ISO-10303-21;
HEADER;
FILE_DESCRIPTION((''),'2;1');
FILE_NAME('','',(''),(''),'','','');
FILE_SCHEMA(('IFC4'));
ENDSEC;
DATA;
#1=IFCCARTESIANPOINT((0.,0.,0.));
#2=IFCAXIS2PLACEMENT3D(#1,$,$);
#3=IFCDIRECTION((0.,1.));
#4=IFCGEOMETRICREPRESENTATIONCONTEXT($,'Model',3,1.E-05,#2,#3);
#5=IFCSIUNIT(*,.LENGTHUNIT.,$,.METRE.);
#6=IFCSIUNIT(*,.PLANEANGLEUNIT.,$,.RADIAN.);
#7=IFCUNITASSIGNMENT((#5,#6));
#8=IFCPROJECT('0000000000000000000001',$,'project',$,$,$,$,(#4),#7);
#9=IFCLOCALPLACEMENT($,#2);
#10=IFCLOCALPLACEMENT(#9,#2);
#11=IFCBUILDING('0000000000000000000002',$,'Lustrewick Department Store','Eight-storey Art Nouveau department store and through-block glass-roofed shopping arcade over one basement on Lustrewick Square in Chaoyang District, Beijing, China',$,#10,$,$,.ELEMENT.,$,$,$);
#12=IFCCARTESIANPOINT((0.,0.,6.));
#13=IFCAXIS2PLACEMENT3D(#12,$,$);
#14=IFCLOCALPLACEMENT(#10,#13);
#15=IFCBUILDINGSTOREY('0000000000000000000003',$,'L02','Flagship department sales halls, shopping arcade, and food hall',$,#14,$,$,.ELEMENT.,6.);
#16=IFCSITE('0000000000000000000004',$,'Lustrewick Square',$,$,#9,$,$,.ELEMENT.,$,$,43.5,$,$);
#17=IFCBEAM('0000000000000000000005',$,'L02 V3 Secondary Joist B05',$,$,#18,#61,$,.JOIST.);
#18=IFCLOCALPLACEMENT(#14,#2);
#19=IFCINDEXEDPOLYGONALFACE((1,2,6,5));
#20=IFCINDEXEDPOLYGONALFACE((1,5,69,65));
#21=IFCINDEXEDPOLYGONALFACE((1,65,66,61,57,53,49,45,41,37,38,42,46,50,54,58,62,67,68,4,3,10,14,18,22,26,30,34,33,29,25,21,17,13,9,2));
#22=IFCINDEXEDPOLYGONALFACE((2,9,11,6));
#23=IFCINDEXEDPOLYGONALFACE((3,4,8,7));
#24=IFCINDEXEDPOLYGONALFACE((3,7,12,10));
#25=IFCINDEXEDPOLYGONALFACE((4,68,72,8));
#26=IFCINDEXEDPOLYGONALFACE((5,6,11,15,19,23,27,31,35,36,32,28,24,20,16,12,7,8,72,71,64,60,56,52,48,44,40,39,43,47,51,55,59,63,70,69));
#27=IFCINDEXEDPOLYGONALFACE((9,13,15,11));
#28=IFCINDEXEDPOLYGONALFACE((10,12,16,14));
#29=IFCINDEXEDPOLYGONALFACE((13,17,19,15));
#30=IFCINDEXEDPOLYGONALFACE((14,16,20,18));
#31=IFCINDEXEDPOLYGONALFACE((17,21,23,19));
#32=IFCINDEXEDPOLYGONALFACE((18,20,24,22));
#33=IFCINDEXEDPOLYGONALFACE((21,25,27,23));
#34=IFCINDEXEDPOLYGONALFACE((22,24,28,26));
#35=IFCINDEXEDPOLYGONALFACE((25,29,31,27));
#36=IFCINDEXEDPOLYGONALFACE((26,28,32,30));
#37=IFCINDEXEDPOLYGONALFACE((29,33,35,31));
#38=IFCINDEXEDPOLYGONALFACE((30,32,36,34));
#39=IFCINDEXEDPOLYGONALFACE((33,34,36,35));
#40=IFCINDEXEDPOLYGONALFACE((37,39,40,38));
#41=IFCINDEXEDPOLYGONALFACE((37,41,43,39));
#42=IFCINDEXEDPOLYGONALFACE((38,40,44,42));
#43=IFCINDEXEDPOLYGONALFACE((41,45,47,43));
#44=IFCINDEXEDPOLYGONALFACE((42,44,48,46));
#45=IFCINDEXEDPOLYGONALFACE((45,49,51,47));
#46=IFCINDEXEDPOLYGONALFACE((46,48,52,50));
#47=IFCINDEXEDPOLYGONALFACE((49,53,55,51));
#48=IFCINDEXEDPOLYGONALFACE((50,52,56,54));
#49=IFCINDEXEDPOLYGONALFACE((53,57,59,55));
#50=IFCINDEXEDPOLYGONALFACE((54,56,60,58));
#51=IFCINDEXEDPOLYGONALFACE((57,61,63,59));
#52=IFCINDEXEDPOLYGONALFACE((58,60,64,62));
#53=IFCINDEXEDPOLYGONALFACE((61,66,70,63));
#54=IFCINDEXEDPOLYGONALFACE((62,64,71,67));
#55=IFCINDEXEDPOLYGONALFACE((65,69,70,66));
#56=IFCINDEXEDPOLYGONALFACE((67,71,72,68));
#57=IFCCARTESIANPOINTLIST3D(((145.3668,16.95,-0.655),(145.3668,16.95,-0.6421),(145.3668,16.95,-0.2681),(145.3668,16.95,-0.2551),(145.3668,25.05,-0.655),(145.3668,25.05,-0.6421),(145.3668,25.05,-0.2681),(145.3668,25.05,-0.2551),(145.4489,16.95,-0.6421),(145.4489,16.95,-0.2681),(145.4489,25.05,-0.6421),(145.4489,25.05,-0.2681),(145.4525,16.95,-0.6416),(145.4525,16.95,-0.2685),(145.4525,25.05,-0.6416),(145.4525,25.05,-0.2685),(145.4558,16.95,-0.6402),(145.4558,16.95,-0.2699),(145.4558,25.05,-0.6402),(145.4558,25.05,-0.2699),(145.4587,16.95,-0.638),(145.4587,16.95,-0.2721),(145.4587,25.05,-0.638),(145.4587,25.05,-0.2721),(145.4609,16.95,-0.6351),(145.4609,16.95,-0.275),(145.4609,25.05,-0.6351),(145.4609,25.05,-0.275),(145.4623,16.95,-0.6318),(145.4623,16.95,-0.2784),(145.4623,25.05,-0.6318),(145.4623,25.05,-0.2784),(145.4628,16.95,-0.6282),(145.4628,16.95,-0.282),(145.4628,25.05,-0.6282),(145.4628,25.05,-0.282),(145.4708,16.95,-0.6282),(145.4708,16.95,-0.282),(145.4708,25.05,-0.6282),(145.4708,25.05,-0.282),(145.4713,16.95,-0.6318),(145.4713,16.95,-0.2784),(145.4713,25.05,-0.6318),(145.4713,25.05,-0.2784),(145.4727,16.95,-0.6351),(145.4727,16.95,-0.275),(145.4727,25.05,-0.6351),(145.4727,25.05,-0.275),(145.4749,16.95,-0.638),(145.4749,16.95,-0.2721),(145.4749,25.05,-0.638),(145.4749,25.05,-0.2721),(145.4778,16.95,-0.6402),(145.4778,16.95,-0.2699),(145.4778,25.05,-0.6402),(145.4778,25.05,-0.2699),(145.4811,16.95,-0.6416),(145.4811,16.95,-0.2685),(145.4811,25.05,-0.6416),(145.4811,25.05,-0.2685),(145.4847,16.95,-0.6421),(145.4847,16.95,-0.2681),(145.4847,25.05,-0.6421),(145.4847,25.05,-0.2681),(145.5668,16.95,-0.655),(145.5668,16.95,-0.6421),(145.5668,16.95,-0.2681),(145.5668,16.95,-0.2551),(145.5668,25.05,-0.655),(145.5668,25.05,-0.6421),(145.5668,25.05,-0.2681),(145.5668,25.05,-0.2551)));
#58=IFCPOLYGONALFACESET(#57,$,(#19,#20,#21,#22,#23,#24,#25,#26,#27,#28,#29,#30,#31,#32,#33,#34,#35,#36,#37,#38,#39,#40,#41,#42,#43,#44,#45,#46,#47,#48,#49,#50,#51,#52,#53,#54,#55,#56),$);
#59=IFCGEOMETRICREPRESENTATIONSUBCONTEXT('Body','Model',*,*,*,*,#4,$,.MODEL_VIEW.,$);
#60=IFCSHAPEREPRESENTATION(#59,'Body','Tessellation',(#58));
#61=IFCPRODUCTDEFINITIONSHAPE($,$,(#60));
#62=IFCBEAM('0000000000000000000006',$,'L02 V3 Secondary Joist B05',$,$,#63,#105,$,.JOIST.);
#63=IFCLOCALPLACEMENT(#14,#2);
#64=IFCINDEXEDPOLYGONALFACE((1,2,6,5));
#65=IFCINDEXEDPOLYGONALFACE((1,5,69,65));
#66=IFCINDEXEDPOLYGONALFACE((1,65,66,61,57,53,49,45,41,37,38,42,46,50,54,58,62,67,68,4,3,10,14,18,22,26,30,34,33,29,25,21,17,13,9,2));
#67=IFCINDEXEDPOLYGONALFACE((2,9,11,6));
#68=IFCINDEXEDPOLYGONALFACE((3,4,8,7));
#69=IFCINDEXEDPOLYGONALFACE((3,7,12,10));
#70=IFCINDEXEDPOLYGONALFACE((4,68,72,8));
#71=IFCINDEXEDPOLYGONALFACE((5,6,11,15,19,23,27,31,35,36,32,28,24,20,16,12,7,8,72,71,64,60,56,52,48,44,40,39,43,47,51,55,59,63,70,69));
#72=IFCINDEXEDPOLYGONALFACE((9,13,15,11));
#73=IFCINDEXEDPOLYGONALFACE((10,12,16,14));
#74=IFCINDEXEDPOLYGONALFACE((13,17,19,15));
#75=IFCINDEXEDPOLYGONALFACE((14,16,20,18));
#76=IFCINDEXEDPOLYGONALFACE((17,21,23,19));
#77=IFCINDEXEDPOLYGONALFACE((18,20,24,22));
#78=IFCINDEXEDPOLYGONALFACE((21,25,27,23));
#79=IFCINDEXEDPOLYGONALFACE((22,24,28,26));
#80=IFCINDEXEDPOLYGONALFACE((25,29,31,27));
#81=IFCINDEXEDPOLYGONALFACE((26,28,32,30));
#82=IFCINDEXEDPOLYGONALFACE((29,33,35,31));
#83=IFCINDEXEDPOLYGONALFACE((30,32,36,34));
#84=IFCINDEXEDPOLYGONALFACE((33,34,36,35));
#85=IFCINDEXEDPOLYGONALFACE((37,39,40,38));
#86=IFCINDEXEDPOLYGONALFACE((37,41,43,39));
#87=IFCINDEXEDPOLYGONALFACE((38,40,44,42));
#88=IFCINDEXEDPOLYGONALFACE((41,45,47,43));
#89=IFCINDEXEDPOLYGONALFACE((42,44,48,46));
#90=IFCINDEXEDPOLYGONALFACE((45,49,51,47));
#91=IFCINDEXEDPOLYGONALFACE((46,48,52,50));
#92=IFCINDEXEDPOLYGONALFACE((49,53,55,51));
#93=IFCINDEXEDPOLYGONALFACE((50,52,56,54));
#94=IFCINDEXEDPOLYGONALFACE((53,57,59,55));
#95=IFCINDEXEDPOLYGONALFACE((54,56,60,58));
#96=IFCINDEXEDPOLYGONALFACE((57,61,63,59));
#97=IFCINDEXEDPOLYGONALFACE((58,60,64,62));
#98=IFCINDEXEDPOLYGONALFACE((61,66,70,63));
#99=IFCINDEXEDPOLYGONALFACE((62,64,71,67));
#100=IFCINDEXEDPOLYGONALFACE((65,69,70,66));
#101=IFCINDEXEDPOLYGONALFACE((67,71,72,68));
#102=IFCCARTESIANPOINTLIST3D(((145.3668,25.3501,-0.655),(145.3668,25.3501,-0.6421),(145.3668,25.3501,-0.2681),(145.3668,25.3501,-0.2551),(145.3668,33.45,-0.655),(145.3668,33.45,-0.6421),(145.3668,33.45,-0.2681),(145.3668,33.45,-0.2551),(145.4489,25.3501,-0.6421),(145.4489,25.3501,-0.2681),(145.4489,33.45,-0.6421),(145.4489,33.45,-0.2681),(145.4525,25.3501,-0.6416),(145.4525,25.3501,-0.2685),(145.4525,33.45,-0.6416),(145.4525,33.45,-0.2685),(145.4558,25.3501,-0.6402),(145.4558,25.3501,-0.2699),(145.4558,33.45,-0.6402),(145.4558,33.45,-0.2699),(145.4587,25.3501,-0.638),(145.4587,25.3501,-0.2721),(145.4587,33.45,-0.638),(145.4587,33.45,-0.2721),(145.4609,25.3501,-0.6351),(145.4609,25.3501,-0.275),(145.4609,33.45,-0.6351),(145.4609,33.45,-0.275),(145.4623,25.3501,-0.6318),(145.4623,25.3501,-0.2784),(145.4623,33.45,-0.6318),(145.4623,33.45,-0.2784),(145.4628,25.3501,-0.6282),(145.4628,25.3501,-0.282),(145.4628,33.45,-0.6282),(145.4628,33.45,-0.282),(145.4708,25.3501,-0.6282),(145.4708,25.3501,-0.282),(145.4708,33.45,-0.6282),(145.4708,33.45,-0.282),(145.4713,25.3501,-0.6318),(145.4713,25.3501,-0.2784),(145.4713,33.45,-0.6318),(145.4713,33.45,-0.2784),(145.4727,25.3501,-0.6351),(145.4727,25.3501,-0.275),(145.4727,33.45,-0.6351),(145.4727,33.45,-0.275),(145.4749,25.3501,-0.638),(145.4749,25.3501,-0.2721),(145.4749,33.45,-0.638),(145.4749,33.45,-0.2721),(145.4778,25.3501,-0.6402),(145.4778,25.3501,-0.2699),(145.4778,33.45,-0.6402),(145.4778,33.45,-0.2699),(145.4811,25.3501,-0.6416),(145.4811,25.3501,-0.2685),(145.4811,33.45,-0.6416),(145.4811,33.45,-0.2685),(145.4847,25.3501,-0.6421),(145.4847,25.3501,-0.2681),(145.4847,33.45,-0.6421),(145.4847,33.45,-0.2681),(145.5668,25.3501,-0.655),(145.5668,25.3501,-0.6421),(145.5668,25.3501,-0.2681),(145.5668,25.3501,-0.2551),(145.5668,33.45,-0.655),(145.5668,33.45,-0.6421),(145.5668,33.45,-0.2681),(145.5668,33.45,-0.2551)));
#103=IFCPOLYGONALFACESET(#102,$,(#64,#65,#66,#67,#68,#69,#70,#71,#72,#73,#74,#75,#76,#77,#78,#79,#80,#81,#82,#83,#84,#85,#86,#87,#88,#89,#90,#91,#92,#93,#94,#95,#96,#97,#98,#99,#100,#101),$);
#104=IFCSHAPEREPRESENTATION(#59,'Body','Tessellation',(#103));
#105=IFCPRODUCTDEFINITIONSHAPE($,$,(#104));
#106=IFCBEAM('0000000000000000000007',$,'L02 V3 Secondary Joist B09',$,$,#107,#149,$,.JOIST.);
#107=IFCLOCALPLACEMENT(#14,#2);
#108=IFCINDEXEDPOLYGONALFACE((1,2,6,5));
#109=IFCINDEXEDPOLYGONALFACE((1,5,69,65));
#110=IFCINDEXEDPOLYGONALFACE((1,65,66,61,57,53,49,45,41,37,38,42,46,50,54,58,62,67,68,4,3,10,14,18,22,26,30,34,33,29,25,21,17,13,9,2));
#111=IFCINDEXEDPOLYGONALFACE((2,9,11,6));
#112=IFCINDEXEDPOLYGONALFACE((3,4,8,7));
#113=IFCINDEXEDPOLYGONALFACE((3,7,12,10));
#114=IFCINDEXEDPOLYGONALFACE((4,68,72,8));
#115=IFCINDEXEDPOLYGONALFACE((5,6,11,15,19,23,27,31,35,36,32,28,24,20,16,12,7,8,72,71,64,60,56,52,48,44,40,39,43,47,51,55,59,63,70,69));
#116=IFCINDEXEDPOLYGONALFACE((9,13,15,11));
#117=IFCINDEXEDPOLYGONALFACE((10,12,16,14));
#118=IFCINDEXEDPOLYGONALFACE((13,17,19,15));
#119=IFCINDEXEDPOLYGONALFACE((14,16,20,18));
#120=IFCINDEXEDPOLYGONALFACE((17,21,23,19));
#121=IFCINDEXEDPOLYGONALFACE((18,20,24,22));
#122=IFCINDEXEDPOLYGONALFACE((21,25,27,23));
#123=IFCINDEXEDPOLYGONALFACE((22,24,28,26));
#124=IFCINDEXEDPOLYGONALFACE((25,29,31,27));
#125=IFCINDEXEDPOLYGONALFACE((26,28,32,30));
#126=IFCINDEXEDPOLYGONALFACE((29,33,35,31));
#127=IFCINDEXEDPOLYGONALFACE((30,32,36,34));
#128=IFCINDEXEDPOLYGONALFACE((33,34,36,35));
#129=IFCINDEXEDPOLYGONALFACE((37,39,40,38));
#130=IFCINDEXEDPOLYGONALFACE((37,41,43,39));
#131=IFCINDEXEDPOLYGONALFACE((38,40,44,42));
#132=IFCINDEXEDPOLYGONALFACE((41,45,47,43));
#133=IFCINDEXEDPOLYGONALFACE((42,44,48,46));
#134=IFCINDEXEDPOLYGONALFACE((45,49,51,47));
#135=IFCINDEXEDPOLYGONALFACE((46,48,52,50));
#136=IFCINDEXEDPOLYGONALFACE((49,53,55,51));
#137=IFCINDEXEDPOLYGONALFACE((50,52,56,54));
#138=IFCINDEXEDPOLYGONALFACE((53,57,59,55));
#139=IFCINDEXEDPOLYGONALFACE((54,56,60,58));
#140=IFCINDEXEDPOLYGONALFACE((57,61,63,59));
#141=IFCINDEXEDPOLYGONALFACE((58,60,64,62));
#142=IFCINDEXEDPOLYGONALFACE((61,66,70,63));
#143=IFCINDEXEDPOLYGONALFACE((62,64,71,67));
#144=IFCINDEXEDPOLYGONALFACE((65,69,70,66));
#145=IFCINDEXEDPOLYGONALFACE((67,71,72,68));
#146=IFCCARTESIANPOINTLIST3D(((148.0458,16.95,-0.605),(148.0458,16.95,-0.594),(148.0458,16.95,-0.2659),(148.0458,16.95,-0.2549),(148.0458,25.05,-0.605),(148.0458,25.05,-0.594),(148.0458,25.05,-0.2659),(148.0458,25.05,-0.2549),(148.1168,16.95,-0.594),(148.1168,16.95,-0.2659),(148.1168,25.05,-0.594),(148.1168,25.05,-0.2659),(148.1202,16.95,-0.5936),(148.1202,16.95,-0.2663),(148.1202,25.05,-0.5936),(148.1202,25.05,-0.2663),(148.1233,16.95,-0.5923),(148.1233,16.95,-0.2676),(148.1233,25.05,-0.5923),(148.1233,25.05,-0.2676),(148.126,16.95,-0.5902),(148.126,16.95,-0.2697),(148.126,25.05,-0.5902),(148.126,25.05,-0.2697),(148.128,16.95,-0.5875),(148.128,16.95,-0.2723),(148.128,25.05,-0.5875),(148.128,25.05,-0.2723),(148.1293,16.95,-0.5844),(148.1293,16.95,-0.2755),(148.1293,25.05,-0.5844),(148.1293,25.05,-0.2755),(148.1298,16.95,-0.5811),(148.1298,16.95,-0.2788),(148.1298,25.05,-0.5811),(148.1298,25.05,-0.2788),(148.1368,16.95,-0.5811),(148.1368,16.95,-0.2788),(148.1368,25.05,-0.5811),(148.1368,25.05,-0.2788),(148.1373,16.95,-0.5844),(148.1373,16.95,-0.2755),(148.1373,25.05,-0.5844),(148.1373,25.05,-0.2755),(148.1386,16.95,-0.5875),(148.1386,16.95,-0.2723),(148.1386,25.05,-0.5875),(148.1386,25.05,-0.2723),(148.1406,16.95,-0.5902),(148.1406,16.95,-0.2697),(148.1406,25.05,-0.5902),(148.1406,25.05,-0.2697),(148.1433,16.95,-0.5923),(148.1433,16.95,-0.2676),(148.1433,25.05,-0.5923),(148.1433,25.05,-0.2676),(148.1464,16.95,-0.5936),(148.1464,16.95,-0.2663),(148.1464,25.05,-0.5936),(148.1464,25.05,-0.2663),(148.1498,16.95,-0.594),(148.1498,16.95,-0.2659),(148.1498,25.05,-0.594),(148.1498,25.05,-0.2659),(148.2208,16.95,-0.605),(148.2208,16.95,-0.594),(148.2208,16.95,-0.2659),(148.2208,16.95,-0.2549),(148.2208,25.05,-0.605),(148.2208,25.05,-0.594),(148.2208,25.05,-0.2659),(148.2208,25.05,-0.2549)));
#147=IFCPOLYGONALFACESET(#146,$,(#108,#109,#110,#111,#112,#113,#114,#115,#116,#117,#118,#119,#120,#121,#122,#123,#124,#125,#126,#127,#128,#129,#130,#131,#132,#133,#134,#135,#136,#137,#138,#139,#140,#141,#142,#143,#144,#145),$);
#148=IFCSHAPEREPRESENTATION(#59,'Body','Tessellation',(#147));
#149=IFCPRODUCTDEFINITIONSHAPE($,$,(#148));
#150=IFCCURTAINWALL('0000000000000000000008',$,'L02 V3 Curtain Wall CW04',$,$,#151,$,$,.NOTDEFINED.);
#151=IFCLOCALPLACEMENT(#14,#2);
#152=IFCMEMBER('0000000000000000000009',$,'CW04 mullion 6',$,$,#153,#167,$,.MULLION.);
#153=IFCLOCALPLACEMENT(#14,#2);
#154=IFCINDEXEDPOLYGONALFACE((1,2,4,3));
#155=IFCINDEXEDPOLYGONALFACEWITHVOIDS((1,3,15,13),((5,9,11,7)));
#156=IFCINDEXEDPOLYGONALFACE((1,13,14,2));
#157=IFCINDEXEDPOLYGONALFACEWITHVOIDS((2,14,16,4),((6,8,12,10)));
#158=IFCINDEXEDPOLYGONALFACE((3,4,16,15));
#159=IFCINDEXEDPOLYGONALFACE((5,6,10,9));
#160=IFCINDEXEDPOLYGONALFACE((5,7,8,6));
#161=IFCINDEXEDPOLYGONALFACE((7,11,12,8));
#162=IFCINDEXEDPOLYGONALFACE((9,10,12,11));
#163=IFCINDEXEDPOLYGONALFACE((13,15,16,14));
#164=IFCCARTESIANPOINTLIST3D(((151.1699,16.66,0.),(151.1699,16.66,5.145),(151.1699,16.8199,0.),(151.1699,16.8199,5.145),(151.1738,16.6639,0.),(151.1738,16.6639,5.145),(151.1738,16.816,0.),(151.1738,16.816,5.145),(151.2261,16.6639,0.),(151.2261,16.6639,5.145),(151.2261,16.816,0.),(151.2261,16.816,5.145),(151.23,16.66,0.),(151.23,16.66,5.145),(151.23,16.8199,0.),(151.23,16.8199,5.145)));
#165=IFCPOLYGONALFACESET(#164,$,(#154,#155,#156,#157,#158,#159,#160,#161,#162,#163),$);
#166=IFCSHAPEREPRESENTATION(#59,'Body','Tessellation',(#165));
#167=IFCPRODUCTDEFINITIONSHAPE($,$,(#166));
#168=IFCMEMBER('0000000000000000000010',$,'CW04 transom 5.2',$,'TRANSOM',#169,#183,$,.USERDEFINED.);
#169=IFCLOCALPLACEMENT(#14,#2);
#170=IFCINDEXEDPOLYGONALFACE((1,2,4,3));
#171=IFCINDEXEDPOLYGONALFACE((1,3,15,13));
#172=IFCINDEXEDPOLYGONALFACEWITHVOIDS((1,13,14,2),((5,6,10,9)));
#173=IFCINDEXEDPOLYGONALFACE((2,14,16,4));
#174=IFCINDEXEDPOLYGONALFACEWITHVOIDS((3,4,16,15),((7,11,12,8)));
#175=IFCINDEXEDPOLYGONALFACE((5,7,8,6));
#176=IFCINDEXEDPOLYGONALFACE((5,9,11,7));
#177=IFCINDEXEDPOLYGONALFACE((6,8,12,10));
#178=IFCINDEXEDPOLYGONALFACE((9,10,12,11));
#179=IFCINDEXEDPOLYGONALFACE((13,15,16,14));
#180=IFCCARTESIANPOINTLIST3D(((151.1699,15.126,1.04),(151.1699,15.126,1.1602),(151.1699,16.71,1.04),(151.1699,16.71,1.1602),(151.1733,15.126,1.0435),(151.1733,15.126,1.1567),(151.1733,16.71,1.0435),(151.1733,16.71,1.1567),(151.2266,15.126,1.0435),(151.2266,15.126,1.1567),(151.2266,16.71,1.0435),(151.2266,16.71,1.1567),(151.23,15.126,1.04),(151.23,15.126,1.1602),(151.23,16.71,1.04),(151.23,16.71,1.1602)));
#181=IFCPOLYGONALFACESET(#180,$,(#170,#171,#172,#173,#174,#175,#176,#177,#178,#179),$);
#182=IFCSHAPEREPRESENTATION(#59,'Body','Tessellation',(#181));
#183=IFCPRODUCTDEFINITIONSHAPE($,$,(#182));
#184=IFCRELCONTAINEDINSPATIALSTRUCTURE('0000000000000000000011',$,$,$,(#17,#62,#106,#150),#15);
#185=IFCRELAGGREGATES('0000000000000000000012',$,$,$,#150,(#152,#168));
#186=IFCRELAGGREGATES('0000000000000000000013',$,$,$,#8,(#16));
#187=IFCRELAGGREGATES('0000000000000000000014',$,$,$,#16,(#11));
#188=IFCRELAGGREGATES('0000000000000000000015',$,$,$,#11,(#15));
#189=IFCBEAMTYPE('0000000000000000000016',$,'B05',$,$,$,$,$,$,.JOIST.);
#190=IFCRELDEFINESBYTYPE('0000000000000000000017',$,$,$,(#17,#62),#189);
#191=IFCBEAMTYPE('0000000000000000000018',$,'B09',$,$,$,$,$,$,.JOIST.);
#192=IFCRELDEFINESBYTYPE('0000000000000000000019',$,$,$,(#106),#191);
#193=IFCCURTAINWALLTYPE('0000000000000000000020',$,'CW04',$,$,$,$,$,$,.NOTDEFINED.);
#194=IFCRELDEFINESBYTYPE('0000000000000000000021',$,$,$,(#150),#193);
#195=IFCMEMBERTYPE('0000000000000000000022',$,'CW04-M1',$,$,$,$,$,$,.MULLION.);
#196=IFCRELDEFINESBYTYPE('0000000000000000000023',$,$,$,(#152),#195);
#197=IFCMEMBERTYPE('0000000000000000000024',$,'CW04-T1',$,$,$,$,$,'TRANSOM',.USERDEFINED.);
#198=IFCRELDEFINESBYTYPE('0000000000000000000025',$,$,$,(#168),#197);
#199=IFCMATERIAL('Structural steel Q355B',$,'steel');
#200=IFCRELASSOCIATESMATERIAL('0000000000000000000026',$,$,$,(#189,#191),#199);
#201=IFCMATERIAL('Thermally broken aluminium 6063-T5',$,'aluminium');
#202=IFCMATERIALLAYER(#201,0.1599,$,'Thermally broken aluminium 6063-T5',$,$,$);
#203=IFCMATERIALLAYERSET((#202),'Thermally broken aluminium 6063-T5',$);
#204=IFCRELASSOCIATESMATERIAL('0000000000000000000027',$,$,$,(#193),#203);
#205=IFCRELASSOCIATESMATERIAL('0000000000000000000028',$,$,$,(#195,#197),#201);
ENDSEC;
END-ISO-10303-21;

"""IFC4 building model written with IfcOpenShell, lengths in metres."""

from ifc_helpers import new_model, si_unit, direction, frame, origin, origin_2d, place, context, subcontext, project, spatial, hollow_rectangle, i_section, extrude, material, layer, layer_set, material_profile, profile_set, type_object, element, aggregate, save


model = new_model("IFC4")

# Units and contexts
model_context = context("Model", 3, precision=1e-05, world=origin(), true_north=direction((0.0, 1.0)))
body_context = subcontext(model_context, "Body", "Model", "MODEL_VIEW")
ifc_project = project(units=[si_unit("LENGTHUNIT", "METRE"), si_unit("PLANEANGLEUNIT", "RADIAN")], contexts=[model_context])

# Site, building, storey
site_placement = place(None, origin())
site = spatial("IfcSite", under=ifc_project, at=site_placement, Name="Lustrewick Square", CompositionType="ELEMENT", RefElevation=43.5)
building_placement = place(site_placement, origin())
building = spatial("IfcBuilding", under=site, at=building_placement, Name="Lustrewick Department Store", Description="Eight-storey Art Nouveau department store and through-block glass-roofed shopping arcade over one basement on Lustrewick Square in Chaoyang District, Beijing, China", CompositionType="ELEMENT")
storey_placement = place(building_placement, frame((0.0, 0.0, 6.0)))
storey = spatial("IfcBuildingStorey", under=building, at=storey_placement, Name="L02", Description="Flagship department sales halls, shopping arcade, and food hall", CompositionType="ELEMENT", Elevation=6.0)

# Beams
ifc_material_1 = material(Name="Structural steel Q355B", Category="steel")
ifc_material_profile_1 = material_profile(ifc_material_1, i_section(OverallWidth=0.2, OverallDepth=0.3999, WebThickness=0.0081, FlangeThickness=0.0129, FilletRadius=0.0139, at=origin_2d()), Name="HN 400x200x8x13")
ifc_profile_set_1 = profile_set([ifc_material_profile_1], Name="Structural steel Q355B")
beam_type_1 = type_object("IfcBeamType", Name="B05", PredefinedType="JOIST", material=ifc_profile_set_1)
beam_1_placement = place(storey_placement, frame((145.4668, 16.95, -0.4551), z_axis=(0.0, 1.0, 0.0), x_axis=(-1.0, 0.0, 0.0)))
element("IfcBeam", 1, at=beam_1_placement, inside=storey, type_object=beam_type_1, Name="L02 V3 Secondary Joist B05", PredefinedType="JOIST", context=body_context, shape_type="SweptSolid", body=[
    extrude(i_section(OverallWidth=0.2, OverallDepth=0.3999, WebThickness=0.0081, FlangeThickness=0.0129, FilletRadius=0.0139, at=origin_2d()), origin(), (0.0, 0.0, 1.0), 8.1001),
])
beam_2_placement = place(storey_placement, frame((145.4668, 25.3501, -0.4551), z_axis=(0.0, 1.0, 0.0), x_axis=(-1.0, 0.0, 0.0)))
element("IfcBeam", 2, at=beam_2_placement, inside=storey, type_object=beam_type_1, Name="L02 V3 Secondary Joist B05", PredefinedType="JOIST", context=body_context, shape_type="SweptSolid", body=[
    extrude(i_section(OverallWidth=0.2, OverallDepth=0.3999, WebThickness=0.0081, FlangeThickness=0.0129, FilletRadius=0.0139, at=origin_2d()), origin(), (0.0, 0.0, 1.0), 8.0999),
])
ifc_material_profile_2 = material_profile(ifc_material_1, i_section(OverallWidth=0.175, OverallDepth=0.3501, WebThickness=0.0071, FlangeThickness=0.011, FilletRadius=0.0129, at=origin_2d()), Name="HN 350x175x7x11")
ifc_profile_set_2 = profile_set([ifc_material_profile_2], Name="Structural steel Q355B")
beam_type_2 = type_object("IfcBeamType", Name="B09", PredefinedType="JOIST", material=ifc_profile_set_2)
beam_3_placement = place(storey_placement, frame((148.1333, 16.95, -0.4299), z_axis=(0.0, 1.0, 0.0), x_axis=(-1.0, 0.0, 0.0)))
element("IfcBeam", 3, at=beam_3_placement, inside=storey, type_object=beam_type_2, Name="L02 V3 Secondary Joist B09", PredefinedType="JOIST", context=body_context, shape_type="SweptSolid", body=[
    extrude(i_section(OverallWidth=0.175, OverallDepth=0.3501, WebThickness=0.0071, FlangeThickness=0.011, FilletRadius=0.0129, at=origin_2d()), origin(), (0.0, 0.0, 1.0), 8.1001),
])

# Curtain wall, members
ifc_material_2 = material(Name="Thermally broken aluminium 6063-T5", Category="aluminium")
ifc_layer_1 = layer(ifc_material_2, 0.1599, Name="Thermally broken aluminium 6063-T5")
ifc_layer_set_1 = layer_set([ifc_layer_1], Name="Thermally broken aluminium 6063-T5")
curtain_wall_type_1 = type_object("IfcCurtainWallType", Name="CW04", PredefinedType="NOTDEFINED", material=ifc_layer_set_1)
curtain_wall_1_placement = place(storey_placement, origin())
curtain_wall_1 = element("IfcCurtainWall", 4, at=curtain_wall_1_placement, inside=storey, type_object=curtain_wall_type_1, Name="L02 V3 Curtain Wall CW04", PredefinedType="NOTDEFINED")
ifc_material_profile_3 = material_profile(ifc_material_2, hollow_rectangle(XDim=0.0601, YDim=0.1599, WallThickness=0.0039, at=origin_2d()), Name="ALU-M 60x160x4")
ifc_profile_set_3 = profile_set([ifc_material_profile_3], Name="Thermally broken aluminium 6063-T5")
member_type_1 = type_object("IfcMemberType", Name="CW04-M1", PredefinedType="MULLION", material=ifc_profile_set_3)
member_1_placement = place(storey_placement, frame((151.2, 16.74, 0.0), z_axis=(0.0, 0.0, 1.0), x_axis=(-1.0, 0.0, 0.0)))
member_1 = element("IfcMember", 5, at=member_1_placement, type_object=member_type_1, Name="CW04 mullion 6", PredefinedType="MULLION", context=body_context, shape_type="SweptSolid", body=[
    extrude(hollow_rectangle(XDim=0.0601, YDim=0.1599, WallThickness=0.0039, at=origin_2d()), origin(), (0.0, 0.0, 1.0), 5.145),
])
ifc_material_profile_4 = material_profile(ifc_material_2, hollow_rectangle(XDim=0.0601, YDim=0.1201, WallThickness=0.0034, at=origin_2d()), Name="ALU-T 60x120x3.5")
ifc_profile_set_4 = profile_set([ifc_material_profile_4], Name="Thermally broken aluminium 6063-T5")
member_type_2 = type_object("IfcMemberType", Name="CW04-T1", ElementType="TRANSOM", PredefinedType="USERDEFINED", material=ifc_profile_set_4)
member_2_placement = place(storey_placement, frame((151.2, 15.126, 1.1001), z_axis=(0.0, 1.0, 0.0), x_axis=(-1.0, 0.0, 0.0)))
member_2 = element("IfcMember", 6, at=member_2_placement, type_object=member_type_2, Name="CW04 transom 5.2", ObjectType="TRANSOM", PredefinedType="USERDEFINED", context=body_context, shape_type="SweptSolid", body=[
    extrude(hollow_rectangle(XDim=0.0601, YDim=0.1201, WallThickness=0.0034, at=origin_2d()), origin(), (0.0, 0.0, 1.0), 1.584),
])

aggregate(curtain_wall_1, [member_1, member_2])

save(model, "model.ifc")
